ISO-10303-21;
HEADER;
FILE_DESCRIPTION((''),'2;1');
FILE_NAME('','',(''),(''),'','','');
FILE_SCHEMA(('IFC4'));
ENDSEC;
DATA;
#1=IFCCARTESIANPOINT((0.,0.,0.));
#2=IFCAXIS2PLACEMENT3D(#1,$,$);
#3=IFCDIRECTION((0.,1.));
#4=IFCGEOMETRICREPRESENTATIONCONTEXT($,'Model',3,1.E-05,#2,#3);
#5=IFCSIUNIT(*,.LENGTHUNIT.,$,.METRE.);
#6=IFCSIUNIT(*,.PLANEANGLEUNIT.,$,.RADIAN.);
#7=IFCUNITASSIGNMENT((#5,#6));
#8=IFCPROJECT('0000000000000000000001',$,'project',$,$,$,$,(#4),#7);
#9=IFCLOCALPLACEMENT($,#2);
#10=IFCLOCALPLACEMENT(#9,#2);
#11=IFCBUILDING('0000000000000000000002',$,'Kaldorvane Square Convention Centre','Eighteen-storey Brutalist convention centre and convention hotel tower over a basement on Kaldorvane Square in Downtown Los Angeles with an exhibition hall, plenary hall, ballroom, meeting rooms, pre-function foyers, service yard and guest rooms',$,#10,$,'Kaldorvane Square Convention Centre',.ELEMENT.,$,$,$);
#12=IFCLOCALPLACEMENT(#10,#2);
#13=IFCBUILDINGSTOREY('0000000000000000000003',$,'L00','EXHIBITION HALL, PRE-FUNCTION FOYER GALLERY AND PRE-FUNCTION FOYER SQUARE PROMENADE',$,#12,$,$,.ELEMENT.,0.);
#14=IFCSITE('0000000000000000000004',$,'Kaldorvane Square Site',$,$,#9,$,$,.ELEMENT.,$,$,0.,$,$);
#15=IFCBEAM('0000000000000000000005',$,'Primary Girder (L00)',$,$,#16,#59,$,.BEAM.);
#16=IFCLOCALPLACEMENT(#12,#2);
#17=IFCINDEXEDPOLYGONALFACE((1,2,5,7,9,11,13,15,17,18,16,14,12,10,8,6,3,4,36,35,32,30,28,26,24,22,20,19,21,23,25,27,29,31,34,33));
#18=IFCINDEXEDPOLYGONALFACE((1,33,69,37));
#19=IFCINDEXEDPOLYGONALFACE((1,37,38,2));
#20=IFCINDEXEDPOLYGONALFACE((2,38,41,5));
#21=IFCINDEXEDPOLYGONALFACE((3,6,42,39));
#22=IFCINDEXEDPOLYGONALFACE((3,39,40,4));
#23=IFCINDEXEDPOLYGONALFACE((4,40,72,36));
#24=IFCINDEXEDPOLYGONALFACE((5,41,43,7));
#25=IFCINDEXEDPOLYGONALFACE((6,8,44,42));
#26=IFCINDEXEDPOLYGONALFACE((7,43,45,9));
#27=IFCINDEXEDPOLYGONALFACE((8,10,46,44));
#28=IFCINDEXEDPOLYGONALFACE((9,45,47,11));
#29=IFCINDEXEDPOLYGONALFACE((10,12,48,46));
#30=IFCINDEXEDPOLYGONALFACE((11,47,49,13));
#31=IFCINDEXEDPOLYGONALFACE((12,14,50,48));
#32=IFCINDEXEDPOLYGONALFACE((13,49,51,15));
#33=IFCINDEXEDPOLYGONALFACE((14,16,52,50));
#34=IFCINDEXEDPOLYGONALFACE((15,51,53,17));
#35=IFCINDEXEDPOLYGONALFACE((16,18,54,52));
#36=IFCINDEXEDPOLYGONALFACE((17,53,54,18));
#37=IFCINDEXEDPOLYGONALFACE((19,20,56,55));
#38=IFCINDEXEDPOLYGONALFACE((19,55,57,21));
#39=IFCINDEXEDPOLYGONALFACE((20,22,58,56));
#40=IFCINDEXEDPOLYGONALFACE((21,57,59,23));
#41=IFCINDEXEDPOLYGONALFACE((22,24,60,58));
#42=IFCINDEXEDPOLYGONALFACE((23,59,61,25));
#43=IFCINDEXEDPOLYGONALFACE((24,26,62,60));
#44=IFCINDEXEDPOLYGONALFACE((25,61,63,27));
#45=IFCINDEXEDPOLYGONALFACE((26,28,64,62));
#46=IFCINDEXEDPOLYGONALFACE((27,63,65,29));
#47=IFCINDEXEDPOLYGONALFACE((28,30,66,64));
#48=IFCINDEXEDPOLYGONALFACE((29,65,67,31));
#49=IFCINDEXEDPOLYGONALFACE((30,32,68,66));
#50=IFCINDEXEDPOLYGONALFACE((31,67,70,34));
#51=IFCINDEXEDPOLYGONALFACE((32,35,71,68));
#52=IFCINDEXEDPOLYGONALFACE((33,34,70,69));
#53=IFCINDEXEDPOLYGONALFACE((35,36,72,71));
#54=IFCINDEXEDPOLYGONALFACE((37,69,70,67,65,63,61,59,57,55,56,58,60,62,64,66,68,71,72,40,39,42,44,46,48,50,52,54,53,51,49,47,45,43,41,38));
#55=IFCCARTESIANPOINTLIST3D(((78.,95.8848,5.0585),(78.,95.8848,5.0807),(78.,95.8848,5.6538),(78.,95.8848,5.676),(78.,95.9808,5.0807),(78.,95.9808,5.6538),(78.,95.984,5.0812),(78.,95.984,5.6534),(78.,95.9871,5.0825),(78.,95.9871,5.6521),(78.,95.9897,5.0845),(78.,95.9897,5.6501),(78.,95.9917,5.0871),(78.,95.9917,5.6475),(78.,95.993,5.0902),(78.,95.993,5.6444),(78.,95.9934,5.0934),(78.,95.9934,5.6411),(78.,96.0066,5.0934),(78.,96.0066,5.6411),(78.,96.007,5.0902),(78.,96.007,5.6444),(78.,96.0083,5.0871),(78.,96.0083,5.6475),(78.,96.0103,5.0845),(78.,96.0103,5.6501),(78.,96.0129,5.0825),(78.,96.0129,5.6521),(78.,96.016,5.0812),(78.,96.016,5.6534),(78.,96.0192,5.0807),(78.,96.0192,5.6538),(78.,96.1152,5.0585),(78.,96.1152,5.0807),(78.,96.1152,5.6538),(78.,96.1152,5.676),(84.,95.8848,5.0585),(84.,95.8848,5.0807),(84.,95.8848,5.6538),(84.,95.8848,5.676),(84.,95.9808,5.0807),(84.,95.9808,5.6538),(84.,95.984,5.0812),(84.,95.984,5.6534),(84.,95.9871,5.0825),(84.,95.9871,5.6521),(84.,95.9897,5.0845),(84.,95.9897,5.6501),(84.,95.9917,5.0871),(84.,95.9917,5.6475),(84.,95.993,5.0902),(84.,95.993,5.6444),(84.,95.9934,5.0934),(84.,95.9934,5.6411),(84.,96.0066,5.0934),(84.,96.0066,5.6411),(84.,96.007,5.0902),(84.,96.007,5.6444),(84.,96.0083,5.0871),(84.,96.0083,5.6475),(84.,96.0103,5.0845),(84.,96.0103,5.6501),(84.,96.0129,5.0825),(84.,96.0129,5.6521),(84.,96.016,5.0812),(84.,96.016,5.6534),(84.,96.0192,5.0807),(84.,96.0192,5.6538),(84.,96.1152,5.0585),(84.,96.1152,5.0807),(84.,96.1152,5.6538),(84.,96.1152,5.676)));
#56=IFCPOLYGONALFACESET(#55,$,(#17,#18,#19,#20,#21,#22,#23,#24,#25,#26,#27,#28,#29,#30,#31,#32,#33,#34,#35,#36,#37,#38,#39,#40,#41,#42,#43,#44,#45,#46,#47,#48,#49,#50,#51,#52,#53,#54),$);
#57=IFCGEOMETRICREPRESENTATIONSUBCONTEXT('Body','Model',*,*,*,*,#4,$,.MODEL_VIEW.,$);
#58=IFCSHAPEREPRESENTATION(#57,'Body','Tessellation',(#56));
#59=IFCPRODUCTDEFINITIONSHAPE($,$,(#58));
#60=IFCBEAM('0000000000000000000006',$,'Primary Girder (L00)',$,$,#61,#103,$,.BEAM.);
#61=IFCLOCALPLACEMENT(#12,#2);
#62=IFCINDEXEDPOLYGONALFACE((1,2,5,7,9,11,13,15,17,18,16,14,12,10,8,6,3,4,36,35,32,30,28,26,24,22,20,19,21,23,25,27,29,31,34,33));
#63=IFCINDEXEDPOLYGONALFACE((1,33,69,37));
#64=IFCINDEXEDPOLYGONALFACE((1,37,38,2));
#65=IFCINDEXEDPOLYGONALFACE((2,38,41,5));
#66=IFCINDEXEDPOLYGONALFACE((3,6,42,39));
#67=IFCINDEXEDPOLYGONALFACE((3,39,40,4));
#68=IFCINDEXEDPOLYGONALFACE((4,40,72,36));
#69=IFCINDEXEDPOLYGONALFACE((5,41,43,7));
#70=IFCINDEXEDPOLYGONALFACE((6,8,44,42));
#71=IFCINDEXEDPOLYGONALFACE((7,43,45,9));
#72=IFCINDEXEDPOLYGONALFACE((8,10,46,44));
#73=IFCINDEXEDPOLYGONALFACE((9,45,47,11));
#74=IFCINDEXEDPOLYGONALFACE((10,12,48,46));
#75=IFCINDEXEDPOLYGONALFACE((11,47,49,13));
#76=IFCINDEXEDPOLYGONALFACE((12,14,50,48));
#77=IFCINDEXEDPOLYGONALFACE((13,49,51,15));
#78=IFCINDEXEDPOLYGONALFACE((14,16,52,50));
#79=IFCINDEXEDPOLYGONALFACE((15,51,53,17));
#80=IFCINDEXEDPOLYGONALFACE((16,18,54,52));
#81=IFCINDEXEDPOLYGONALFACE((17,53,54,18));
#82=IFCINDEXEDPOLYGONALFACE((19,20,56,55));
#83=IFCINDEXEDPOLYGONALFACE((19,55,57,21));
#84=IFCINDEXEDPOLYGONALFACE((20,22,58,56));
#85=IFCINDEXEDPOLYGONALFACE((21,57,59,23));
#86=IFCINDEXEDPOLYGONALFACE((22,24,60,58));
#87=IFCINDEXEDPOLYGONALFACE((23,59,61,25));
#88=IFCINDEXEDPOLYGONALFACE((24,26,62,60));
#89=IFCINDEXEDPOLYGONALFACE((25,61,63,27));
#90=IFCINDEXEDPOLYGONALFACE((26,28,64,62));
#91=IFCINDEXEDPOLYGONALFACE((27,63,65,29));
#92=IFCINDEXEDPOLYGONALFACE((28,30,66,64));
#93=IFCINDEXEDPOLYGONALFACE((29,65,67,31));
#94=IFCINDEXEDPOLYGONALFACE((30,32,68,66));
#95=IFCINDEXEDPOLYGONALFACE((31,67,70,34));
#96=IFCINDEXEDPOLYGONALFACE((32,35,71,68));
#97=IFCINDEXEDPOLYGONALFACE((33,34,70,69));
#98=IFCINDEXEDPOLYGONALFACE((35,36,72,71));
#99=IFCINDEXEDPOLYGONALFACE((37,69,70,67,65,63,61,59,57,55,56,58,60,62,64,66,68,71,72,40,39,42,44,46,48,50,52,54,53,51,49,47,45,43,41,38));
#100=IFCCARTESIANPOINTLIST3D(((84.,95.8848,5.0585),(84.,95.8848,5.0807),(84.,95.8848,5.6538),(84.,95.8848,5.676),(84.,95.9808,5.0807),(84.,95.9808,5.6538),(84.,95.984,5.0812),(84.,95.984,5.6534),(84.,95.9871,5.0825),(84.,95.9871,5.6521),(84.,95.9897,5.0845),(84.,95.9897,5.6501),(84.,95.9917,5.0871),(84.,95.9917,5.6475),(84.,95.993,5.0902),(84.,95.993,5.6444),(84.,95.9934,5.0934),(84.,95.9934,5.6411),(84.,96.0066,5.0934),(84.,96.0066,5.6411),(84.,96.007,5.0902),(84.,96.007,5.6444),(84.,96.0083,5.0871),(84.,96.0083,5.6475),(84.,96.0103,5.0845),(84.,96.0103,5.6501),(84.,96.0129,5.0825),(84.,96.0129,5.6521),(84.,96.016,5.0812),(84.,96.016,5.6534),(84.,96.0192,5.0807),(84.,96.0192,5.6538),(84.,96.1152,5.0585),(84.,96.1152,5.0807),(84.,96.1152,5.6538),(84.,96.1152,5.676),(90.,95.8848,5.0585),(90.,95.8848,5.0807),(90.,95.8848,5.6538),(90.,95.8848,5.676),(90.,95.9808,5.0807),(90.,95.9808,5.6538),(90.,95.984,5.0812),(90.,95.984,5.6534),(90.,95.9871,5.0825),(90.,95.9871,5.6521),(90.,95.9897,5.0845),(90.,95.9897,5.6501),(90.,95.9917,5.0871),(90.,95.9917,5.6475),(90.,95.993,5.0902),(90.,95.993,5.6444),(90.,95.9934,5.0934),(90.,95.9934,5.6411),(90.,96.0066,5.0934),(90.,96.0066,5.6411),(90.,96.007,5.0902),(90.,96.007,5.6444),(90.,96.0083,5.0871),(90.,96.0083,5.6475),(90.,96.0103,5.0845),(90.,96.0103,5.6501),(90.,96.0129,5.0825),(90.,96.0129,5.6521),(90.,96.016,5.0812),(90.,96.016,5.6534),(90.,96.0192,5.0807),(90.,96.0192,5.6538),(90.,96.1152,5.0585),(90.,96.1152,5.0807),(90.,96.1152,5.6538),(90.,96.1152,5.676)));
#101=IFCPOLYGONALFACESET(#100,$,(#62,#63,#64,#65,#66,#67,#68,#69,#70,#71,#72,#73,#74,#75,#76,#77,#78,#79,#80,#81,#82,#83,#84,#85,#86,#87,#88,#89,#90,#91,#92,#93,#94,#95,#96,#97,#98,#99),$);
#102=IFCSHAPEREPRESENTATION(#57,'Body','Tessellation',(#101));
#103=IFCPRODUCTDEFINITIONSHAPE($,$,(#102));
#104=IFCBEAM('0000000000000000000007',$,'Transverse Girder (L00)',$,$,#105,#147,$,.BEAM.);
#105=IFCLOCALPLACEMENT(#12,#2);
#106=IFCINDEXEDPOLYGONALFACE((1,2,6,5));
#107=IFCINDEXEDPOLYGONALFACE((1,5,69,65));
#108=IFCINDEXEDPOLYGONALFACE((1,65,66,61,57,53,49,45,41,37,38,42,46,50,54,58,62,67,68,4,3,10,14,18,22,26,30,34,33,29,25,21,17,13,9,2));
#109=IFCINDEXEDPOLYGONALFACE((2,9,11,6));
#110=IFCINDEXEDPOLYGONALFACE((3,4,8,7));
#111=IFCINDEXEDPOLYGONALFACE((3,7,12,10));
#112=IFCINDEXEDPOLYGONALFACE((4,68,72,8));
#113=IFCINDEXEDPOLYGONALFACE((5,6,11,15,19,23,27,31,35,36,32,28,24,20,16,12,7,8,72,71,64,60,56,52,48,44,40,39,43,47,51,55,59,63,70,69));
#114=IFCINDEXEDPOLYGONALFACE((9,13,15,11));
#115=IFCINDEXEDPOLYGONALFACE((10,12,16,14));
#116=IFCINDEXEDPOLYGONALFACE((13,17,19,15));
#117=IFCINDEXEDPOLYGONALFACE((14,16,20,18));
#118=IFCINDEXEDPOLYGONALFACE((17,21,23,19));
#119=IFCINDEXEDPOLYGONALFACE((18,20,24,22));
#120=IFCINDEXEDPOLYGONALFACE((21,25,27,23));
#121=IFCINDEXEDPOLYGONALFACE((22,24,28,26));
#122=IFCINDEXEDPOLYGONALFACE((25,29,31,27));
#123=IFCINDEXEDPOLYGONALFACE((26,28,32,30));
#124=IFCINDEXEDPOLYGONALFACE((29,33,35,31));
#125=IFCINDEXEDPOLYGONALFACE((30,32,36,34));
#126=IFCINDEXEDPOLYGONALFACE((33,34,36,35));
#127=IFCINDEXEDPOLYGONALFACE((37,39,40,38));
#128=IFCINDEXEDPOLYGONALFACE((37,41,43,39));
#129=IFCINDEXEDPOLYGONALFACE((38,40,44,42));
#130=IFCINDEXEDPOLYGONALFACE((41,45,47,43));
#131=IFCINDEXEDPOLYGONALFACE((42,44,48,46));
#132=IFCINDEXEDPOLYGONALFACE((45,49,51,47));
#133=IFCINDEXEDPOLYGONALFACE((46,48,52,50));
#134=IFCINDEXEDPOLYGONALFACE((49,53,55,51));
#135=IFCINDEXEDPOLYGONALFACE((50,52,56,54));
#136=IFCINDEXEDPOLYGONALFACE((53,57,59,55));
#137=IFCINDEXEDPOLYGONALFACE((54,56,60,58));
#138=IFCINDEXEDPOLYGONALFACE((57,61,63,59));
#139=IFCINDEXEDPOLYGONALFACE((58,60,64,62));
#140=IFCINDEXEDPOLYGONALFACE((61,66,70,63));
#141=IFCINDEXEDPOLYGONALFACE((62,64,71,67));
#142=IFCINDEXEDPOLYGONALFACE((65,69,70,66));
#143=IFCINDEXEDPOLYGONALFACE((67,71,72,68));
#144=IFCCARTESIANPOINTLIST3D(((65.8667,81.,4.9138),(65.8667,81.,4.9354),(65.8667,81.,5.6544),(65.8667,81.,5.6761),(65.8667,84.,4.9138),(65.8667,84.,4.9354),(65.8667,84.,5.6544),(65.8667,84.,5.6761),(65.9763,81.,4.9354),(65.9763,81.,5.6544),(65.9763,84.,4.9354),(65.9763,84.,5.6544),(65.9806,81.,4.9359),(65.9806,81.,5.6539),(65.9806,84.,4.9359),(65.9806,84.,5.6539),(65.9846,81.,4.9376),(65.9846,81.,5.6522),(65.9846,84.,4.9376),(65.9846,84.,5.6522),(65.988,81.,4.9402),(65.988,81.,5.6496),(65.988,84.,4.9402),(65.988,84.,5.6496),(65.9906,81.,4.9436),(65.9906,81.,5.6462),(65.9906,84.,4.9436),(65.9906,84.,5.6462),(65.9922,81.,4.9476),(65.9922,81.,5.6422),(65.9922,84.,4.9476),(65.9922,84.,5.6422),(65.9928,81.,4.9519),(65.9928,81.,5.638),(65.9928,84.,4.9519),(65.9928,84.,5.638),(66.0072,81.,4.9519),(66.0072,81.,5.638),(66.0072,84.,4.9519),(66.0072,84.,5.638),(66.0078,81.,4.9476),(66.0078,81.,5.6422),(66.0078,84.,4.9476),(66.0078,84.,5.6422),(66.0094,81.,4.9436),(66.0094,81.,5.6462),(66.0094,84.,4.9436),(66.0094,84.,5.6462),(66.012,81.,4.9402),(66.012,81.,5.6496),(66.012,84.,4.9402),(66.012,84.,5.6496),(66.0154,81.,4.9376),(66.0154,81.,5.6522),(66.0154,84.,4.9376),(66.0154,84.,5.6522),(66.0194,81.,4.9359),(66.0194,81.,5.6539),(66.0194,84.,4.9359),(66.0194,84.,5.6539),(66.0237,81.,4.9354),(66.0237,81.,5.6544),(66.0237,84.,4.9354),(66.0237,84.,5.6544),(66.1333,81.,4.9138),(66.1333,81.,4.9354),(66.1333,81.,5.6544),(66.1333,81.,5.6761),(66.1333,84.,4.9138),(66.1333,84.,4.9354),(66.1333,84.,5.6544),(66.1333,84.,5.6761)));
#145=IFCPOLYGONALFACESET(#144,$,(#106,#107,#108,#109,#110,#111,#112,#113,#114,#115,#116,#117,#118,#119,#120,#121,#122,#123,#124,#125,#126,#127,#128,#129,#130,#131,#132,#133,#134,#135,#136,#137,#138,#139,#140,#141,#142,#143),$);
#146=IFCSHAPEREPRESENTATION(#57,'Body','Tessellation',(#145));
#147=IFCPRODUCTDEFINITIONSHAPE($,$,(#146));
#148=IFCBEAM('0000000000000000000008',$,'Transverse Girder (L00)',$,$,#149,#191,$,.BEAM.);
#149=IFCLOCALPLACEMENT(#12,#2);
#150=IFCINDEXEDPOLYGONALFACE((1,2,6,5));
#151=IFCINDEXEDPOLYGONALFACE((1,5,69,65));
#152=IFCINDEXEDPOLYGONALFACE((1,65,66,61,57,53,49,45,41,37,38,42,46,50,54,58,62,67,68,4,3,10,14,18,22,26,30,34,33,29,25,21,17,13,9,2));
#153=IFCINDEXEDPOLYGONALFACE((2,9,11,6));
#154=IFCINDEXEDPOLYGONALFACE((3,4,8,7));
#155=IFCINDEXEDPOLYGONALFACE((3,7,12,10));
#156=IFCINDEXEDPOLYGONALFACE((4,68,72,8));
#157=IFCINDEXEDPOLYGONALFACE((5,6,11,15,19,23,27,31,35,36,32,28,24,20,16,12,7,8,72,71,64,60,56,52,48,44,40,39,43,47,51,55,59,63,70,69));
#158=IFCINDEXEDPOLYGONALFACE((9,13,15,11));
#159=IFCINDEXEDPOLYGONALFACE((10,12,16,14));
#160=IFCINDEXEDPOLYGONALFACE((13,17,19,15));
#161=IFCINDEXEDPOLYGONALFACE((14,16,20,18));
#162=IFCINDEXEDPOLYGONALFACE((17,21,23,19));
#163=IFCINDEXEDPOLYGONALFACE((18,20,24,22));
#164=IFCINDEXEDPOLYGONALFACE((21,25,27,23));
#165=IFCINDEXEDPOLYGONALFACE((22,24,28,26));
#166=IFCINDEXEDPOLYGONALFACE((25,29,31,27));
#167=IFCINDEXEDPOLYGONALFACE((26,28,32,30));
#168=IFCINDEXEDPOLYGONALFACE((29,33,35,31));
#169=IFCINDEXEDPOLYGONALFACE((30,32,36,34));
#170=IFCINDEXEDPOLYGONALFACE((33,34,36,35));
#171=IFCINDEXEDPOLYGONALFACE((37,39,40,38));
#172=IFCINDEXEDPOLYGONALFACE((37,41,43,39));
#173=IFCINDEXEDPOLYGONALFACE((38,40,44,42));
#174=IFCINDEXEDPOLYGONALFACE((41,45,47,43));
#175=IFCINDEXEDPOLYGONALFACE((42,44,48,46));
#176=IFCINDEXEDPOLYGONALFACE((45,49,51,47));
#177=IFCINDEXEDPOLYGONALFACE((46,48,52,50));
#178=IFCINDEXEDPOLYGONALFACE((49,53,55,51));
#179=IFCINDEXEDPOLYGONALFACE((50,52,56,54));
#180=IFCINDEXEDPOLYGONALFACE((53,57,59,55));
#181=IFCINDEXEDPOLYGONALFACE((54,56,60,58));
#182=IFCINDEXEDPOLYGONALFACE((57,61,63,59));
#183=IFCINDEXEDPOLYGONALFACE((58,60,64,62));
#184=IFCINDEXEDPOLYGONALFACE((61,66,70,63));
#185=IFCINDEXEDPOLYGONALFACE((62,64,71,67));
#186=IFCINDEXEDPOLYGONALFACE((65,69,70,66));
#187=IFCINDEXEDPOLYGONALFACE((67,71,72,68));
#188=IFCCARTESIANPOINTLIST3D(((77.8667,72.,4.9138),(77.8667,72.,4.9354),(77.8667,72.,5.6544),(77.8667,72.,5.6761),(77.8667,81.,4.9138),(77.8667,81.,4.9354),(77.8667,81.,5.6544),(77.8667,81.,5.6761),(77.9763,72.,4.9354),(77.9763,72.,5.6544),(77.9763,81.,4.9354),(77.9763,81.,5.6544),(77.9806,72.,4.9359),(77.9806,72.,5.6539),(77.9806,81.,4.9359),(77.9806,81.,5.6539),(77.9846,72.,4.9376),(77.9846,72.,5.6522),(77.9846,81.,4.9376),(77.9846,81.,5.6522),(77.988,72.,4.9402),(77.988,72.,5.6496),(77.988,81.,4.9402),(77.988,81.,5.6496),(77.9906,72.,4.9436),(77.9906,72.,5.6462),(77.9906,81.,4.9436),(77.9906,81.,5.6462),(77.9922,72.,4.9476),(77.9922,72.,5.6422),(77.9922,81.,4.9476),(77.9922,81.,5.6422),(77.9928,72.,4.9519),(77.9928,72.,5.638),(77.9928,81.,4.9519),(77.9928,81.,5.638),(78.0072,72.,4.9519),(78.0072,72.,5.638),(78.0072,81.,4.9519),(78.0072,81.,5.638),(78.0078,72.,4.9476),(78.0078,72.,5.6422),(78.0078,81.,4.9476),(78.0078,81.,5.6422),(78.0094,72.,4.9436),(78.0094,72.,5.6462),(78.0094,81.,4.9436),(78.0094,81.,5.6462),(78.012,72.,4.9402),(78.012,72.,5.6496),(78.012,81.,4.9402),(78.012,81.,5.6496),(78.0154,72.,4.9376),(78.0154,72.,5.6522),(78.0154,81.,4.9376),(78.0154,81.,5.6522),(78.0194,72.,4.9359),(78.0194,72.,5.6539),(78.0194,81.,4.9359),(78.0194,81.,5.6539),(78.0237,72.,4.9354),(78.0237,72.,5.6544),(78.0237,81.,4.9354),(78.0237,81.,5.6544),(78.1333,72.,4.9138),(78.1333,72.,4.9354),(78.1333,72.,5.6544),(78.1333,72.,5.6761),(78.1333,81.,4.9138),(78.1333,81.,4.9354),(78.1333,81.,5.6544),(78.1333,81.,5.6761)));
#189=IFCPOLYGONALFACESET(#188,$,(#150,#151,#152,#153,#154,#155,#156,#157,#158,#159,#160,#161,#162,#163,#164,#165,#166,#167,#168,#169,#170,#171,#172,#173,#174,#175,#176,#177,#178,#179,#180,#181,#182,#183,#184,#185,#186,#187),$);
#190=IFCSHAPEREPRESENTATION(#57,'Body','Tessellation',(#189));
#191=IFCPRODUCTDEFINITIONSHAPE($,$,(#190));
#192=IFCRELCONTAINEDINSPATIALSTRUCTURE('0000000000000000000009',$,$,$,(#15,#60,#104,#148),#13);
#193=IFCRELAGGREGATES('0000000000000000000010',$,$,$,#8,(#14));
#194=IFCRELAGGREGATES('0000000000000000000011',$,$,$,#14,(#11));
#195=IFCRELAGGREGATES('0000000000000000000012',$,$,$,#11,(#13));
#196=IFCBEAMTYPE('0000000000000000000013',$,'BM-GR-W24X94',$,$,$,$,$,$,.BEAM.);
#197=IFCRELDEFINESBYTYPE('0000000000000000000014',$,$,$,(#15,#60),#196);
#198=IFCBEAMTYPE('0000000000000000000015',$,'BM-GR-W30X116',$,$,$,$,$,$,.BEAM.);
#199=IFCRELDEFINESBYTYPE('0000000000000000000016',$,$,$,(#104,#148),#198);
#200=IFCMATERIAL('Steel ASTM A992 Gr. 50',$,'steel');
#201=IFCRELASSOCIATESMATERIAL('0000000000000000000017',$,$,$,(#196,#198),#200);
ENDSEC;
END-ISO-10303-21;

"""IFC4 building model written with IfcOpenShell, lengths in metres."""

from ifc_helpers import new_model, si_unit, direction, frame, origin, origin_2d, place, context, subcontext, project, spatial, i_section, extrude, material, material_profile, profile_set, type_object, element, save


model = new_model("IFC4")

# Units and contexts
model_context = context("Model", 3, precision=1e-05, world=origin(), true_north=direction((0.0, 1.0)))
body_context = subcontext(model_context, "Body", "Model", "MODEL_VIEW")
ifc_project = project(units=[si_unit("LENGTHUNIT", "METRE"), si_unit("PLANEANGLEUNIT", "RADIAN")], contexts=[model_context])

# Site, building, storey
site_placement = place(None, origin())
site = spatial("IfcSite", under=ifc_project, at=site_placement, Name="Kaldorvane Square Site", CompositionType="ELEMENT", RefElevation=0.0)
building_placement = place(site_placement, origin())
building = spatial("IfcBuilding", under=site, at=building_placement, Name="Kaldorvane Square Convention Centre", Description="Eighteen-storey Brutalist convention centre and convention hotel tower over a basement on Kaldorvane Square in Downtown Los Angeles with an exhibition hall, plenary hall, ballroom, meeting rooms, pre-function foyers, service yard and guest rooms", LongName="Kaldorvane Square Convention Centre", CompositionType="ELEMENT")
storey_placement = place(building_placement, origin())
storey = spatial("IfcBuildingStorey", under=building, at=storey_placement, Name="L00", Description="EXHIBITION HALL, PRE-FUNCTION FOYER GALLERY AND PRE-FUNCTION FOYER SQUARE PROMENADE", CompositionType="ELEMENT", Elevation=0.0)

# Shared definitions
ifc_material_1 = material(Name="Steel ASTM A992 Gr. 50", Category="steel")

# Beams
ifc_material_profile_1 = material_profile(ifc_material_1, i_section(OverallWidth=0.2303, OverallDepth=0.6175, WebThickness=0.0131, FlangeThickness=0.0222, FilletRadius=0.0127, at=origin_2d()), Name="W24X94")
ifc_profile_set_1 = profile_set([ifc_material_profile_1], Name="Steel ASTM A992 Gr. 50")
beam_type_1 = type_object("IfcBeamType", Name="BM-GR-W24X94", PredefinedType="BEAM", material=ifc_profile_set_1)
for number, where, z_axis, x_axis, name in (
    (1, (78.0, 96.0, 5.3673), (1.0, 0.0, 0.0), (0.0, 1.0, 0.0), "Primary Girder (L00)"),
    (2, (84.0, 96.0, 5.3673), (1.0, 0.0, 0.0), (0.0, 1.0, 0.0), "Primary Girder (L00)"),
):
    element("IfcBeam", number, at=place(storey_placement, frame(where, z_axis=z_axis, x_axis=x_axis)), inside=storey, type_object=beam_type_1, Name=name, PredefinedType="BEAM", context=body_context, shape_type="SweptSolid", body=[
        extrude(i_section(OverallWidth=0.2303, OverallDepth=0.6175, WebThickness=0.0131, FlangeThickness=0.0222, FilletRadius=0.0127, at=origin_2d()), origin(), (0.0, 0.0, 1.0), 6.0),
    ])
ifc_material_profile_2 = material_profile(ifc_material_1, i_section(OverallWidth=0.2666, OverallDepth=0.7623, WebThickness=0.0144, FlangeThickness=0.0216, FilletRadius=0.0165, at=origin_2d()), Name="W30X116")
ifc_profile_set_2 = profile_set([ifc_material_profile_2], Name="Steel ASTM A992 Gr. 50")
beam_type_2 = type_object("IfcBeamType", Name="BM-GR-W30X116", PredefinedType="BEAM", material=ifc_profile_set_2)
beam_1_placement = place(storey_placement, frame((66.0, 81.0, 5.2949), z_axis=(0.0, 1.0, 0.0), x_axis=(-1.0, 0.0, 0.0)))
element("IfcBeam", 3, at=beam_1_placement, inside=storey, type_object=beam_type_2, Name="Transverse Girder (L00)", PredefinedType="BEAM", context=body_context, shape_type="SweptSolid", body=[
    extrude(i_section(OverallWidth=0.2666, OverallDepth=0.7623, WebThickness=0.0144, FlangeThickness=0.0216, FilletRadius=0.0165, at=origin_2d()), origin(), (0.0, 0.0, 1.0), 3.0),
])
beam_2_placement = place(storey_placement, frame((78.0, 72.0, 5.2949), z_axis=(0.0, 1.0, 0.0), x_axis=(-1.0, 0.0, 0.0)))
element("IfcBeam", 4, at=beam_2_placement, inside=storey, type_object=beam_type_2, Name="Transverse Girder (L00)", PredefinedType="BEAM", context=body_context, shape_type="SweptSolid", body=[
    extrude(i_section(OverallWidth=0.2666, OverallDepth=0.7623, WebThickness=0.0144, FlangeThickness=0.0216, FilletRadius=0.0165, at=origin_2d()), origin(), (0.0, 0.0, 1.0), 9.0),
])

save(model, "model.ifc")
